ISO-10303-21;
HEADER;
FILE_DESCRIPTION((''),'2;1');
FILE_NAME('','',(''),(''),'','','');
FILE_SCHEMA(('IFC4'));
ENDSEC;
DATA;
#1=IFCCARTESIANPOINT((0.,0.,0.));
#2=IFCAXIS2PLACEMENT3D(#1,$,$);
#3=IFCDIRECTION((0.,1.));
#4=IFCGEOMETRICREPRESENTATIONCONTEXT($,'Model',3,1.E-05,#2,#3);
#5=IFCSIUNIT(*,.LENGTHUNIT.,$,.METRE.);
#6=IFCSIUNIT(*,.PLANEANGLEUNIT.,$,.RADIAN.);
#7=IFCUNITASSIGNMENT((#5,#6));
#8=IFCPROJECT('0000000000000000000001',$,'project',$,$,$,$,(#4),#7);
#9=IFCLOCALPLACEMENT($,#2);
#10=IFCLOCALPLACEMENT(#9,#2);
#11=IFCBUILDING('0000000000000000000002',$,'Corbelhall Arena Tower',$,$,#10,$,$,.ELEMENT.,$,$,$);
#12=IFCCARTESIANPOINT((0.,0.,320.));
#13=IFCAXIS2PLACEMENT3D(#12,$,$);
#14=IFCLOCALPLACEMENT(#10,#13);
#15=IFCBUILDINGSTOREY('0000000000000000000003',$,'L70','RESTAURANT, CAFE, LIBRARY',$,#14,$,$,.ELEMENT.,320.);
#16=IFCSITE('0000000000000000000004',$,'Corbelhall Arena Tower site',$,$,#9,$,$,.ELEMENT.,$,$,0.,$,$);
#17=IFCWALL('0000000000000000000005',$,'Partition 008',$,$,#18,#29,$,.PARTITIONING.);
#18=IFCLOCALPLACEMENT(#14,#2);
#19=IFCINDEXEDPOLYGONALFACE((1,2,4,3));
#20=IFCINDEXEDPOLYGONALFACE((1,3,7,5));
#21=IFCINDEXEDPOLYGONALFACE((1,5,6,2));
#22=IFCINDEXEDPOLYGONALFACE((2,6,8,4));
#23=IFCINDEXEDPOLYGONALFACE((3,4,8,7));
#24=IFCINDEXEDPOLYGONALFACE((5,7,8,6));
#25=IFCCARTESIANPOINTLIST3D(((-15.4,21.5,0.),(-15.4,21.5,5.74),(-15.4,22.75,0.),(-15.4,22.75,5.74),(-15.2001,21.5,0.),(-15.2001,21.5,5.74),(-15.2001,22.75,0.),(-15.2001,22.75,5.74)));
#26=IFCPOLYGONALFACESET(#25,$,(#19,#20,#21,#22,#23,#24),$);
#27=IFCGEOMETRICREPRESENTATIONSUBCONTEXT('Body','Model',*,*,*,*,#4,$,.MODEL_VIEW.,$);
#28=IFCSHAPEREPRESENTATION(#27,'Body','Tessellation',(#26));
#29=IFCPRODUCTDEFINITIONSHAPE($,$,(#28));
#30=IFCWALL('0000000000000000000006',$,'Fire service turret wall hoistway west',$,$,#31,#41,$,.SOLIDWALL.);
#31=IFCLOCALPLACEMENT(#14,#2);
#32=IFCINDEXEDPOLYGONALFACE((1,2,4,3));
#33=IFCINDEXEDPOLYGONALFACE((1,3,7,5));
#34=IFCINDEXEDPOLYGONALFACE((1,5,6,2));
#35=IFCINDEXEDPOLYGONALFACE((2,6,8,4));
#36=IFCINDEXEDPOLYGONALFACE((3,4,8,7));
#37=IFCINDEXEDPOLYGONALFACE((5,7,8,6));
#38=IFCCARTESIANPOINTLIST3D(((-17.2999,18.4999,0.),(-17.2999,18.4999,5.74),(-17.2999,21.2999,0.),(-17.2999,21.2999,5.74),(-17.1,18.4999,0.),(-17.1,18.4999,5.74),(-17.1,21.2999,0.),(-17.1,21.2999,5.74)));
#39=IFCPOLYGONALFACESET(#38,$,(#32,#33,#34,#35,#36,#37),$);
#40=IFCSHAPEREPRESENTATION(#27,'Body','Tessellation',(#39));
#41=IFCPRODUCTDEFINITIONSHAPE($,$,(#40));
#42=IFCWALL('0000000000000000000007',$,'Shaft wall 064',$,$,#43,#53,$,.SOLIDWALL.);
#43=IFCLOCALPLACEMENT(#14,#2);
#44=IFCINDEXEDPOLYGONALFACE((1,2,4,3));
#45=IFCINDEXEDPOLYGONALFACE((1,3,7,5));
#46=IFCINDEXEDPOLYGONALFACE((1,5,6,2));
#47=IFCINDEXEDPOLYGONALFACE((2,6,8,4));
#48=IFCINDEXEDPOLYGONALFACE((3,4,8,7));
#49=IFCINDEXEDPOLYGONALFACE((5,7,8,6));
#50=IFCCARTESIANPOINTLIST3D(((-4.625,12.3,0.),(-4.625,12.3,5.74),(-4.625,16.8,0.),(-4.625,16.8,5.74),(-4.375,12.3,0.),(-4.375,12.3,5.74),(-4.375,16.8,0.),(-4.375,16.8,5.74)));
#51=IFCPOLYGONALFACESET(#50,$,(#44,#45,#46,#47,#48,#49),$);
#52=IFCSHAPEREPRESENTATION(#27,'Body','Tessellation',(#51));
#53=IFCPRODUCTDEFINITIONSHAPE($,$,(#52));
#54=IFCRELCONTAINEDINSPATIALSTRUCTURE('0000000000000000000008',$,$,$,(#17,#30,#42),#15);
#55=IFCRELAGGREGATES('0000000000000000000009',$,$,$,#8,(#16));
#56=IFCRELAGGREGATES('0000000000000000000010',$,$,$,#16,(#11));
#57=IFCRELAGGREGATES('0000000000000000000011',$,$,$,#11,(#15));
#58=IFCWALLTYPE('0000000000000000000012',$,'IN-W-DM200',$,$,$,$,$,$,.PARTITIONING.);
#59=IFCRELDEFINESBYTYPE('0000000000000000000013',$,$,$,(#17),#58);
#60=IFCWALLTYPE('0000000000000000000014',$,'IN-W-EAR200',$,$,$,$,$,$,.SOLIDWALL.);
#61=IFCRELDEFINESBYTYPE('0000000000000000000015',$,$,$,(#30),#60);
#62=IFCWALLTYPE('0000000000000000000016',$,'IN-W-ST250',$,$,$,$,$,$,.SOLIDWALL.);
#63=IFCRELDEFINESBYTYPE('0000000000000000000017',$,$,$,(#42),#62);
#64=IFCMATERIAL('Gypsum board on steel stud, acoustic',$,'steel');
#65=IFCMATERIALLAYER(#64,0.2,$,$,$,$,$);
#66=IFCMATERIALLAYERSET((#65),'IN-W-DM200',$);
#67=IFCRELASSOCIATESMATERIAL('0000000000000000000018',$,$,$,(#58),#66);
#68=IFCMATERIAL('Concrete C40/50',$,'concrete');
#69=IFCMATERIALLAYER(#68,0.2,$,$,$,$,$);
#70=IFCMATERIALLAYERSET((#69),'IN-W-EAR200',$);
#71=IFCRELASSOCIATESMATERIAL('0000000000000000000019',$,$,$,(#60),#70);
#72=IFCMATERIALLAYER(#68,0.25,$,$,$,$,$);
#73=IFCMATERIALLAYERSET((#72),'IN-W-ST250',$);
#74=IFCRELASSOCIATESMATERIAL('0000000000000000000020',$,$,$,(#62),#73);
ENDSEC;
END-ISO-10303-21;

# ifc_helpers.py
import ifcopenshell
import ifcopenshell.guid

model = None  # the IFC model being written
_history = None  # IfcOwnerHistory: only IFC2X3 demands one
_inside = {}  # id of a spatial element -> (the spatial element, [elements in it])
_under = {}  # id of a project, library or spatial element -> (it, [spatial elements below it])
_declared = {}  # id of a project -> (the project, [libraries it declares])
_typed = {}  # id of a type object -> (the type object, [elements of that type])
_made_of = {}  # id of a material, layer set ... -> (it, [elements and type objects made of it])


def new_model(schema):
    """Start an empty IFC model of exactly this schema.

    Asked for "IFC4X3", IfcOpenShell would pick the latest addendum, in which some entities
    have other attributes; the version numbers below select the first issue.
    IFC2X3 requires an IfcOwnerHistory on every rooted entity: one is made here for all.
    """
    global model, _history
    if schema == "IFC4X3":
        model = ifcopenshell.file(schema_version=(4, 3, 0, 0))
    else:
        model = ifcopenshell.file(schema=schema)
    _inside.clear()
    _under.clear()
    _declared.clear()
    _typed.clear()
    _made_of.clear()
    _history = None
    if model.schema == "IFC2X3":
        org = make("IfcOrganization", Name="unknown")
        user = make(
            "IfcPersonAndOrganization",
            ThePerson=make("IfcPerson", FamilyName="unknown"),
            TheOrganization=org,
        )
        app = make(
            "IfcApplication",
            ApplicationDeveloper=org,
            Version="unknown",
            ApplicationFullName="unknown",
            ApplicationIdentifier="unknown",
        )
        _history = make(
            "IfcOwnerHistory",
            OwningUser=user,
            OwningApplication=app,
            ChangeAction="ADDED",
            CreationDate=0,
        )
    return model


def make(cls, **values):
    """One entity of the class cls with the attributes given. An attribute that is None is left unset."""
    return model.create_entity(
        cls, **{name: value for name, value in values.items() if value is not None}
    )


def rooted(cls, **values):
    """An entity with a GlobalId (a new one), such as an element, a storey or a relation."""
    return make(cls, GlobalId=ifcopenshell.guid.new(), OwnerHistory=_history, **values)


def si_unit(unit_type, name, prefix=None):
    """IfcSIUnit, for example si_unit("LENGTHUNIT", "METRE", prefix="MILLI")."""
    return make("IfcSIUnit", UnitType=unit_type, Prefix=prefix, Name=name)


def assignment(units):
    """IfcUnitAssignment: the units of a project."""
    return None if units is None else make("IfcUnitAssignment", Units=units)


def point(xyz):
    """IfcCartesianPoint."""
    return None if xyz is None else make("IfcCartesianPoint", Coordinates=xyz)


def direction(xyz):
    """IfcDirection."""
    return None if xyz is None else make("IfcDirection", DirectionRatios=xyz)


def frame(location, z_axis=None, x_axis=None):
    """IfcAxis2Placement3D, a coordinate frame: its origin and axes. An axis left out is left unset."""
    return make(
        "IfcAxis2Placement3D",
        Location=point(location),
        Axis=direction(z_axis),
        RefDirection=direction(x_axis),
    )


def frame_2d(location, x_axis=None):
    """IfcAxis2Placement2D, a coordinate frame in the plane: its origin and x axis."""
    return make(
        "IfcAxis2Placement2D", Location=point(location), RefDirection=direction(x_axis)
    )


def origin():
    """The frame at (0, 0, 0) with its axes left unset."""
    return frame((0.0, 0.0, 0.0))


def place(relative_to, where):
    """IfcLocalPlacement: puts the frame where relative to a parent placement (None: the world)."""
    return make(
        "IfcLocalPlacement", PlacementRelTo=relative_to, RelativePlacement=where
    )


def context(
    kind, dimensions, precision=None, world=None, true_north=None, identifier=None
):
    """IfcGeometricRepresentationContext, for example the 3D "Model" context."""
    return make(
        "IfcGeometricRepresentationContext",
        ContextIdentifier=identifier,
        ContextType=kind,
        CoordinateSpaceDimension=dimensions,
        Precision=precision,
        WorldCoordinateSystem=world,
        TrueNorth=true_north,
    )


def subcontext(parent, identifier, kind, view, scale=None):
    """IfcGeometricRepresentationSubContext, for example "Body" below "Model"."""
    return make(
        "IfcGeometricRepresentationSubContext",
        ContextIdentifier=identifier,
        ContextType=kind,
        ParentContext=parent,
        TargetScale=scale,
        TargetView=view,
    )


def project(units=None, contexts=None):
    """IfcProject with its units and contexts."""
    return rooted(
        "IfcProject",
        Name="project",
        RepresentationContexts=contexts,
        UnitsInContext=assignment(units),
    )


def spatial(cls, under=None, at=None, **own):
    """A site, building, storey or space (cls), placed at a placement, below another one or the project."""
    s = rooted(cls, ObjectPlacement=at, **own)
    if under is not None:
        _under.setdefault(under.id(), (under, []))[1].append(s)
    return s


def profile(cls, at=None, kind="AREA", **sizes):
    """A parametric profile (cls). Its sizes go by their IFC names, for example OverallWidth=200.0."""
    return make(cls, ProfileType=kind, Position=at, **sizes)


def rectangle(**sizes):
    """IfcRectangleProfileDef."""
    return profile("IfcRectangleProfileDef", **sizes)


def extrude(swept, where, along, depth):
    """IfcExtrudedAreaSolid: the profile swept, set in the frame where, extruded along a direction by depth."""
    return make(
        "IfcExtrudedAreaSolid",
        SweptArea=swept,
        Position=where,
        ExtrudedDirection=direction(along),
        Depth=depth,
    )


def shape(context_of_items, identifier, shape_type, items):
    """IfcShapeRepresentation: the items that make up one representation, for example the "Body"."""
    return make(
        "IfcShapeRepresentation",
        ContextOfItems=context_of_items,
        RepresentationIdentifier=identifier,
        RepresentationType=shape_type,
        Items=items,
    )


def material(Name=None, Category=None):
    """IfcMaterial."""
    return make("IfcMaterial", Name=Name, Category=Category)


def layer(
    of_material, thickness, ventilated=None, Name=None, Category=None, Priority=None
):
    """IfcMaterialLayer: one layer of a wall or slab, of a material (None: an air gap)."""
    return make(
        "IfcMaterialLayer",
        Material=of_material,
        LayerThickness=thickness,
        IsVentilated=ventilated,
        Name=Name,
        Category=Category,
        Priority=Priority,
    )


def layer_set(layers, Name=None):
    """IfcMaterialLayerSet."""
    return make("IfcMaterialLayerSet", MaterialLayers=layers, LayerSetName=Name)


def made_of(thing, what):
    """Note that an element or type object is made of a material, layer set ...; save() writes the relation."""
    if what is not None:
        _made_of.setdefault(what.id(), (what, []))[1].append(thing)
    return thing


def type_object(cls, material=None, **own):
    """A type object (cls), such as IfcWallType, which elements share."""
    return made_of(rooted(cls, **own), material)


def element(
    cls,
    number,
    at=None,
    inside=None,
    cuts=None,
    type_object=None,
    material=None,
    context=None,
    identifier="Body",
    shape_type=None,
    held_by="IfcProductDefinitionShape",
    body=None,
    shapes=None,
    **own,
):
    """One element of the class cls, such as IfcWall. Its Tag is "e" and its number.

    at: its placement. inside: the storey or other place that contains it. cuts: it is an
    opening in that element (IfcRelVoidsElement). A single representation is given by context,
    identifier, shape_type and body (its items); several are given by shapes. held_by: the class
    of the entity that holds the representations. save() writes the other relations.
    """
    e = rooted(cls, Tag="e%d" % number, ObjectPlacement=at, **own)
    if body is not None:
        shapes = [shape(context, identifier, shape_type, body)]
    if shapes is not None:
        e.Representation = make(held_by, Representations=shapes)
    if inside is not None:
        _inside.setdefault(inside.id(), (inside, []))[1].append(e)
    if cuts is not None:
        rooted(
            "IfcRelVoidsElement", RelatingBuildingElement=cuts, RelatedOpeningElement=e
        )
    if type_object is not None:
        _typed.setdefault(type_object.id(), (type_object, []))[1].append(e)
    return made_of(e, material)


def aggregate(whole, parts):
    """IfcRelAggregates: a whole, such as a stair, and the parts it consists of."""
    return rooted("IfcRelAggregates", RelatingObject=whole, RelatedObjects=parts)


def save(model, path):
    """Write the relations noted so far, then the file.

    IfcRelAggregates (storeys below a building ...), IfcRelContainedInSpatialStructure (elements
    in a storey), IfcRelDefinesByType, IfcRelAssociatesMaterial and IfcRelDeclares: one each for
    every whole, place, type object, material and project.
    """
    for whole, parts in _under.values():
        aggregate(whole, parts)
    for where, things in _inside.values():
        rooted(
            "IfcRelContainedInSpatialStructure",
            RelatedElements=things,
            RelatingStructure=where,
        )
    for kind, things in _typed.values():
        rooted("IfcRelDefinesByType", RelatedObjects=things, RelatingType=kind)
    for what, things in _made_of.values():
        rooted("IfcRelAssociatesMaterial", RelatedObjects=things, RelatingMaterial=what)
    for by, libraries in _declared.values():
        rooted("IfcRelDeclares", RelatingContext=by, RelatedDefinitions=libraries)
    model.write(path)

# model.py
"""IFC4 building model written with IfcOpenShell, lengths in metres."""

from ifc_helpers import new_model, si_unit, direction, frame, frame_2d, origin, place, context, subcontext, project, spatial, rectangle, extrude, material, layer, layer_set, type_object, element, save


model = new_model("IFC4")

# Units and contexts
model_context = context("Model", 3, precision=1e-05, world=origin(), true_north=direction((0.0, 1.0)))
body_context = subcontext(model_context, "Body", "Model", "MODEL_VIEW")
ifc_project = project(units=[si_unit("LENGTHUNIT", "METRE"), si_unit("PLANEANGLEUNIT", "RADIAN")], contexts=[model_context])

# Site, building, storey
site_placement = place(None, origin())
site = spatial("IfcSite", under=ifc_project, at=site_placement, Name="Corbelhall Arena Tower site", CompositionType="ELEMENT", RefElevation=0.0)
building_placement = place(site_placement, origin())
building = spatial("IfcBuilding", under=site, at=building_placement, Name="Corbelhall Arena Tower", CompositionType="ELEMENT")
storey_placement = place(building_placement, frame((0.0, 0.0, 320.0)))
storey = spatial("IfcBuildingStorey", under=building, at=storey_placement, Name="L70", Description="RESTAURANT, CAFE, LIBRARY", CompositionType="ELEMENT", Elevation=320.0)

# Walls
ifc_material_1 = material(Name="Gypsum board on steel stud, acoustic", Category="steel")
ifc_layer_1 = layer(ifc_material_1, 0.2)
ifc_layer_set_1 = layer_set([ifc_layer_1], Name="IN-W-DM200")
wall_type_1 = type_object("IfcWallType", Name="IN-W-DM200", PredefinedType="PARTITIONING", material=ifc_layer_set_1)
wall_1_placement = place(storey_placement, frame((-15.3, 22.75, 0.0), z_axis=(0.0, 0.0, 1.0), x_axis=(0.0, -1.0, 0.0)))
element("IfcWall", 1, at=wall_1_placement, inside=storey, type_object=wall_type_1, Name="Partition 008", PredefinedType="PARTITIONING", context=body_context, shape_type="SweptSolid", body=[
    extrude(rectangle(XDim=1.25, YDim=0.2, at=frame_2d((0.625, 0.0))), origin(), (0.0, 0.0, 1.0), 5.74),
])
ifc_material_2 = material(Name="Concrete C40/50", Category="concrete")
ifc_layer_2 = layer(ifc_material_2, 0.2)
ifc_layer_set_2 = layer_set([ifc_layer_2], Name="IN-W-EAR200")
wall_type_2 = type_object("IfcWallType", Name="IN-W-EAR200", PredefinedType="SOLIDWALL", material=ifc_layer_set_2)
wall_2_placement = place(storey_placement, frame((-17.2, 18.5, 0.0), z_axis=(0.0, 0.0, 1.0), x_axis=(0.0, 1.0, 0.0)))
element("IfcWall", 2, at=wall_2_placement, inside=storey, type_object=wall_type_2, Name="Fire service turret wall hoistway west", PredefinedType="SOLIDWALL", context=body_context, shape_type="SweptSolid", body=[
    extrude(rectangle(XDim=2.8, YDim=0.2, at=frame_2d((1.3999, 0.0))), origin(), (0.0, 0.0, 1.0), 5.74),
])

# Wall
ifc_layer_3 = layer(ifc_material_2, 0.25)
ifc_layer_set_3 = layer_set([ifc_layer_3], Name="IN-W-ST250")
wall_type_3 = type_object("IfcWallType", Name="IN-W-ST250", PredefinedType="SOLIDWALL", material=ifc_layer_set_3)
wall_3_placement = place(storey_placement, frame((-4.5, 16.8, 0.0), z_axis=(0.0, 0.0, 1.0), x_axis=(0.0, -1.0, 0.0)))
element("IfcWall", 3, at=wall_3_placement, inside=storey, type_object=wall_type_3, Name="Shaft wall 064", PredefinedType="SOLIDWALL", context=body_context, shape_type="SweptSolid", body=[
    extrude(rectangle(XDim=4.5, YDim=0.25, at=frame_2d((2.25, 0.0))), origin(), (0.0, 0.0, 1.0), 5.74),
])

save(model, "model.ifc")
